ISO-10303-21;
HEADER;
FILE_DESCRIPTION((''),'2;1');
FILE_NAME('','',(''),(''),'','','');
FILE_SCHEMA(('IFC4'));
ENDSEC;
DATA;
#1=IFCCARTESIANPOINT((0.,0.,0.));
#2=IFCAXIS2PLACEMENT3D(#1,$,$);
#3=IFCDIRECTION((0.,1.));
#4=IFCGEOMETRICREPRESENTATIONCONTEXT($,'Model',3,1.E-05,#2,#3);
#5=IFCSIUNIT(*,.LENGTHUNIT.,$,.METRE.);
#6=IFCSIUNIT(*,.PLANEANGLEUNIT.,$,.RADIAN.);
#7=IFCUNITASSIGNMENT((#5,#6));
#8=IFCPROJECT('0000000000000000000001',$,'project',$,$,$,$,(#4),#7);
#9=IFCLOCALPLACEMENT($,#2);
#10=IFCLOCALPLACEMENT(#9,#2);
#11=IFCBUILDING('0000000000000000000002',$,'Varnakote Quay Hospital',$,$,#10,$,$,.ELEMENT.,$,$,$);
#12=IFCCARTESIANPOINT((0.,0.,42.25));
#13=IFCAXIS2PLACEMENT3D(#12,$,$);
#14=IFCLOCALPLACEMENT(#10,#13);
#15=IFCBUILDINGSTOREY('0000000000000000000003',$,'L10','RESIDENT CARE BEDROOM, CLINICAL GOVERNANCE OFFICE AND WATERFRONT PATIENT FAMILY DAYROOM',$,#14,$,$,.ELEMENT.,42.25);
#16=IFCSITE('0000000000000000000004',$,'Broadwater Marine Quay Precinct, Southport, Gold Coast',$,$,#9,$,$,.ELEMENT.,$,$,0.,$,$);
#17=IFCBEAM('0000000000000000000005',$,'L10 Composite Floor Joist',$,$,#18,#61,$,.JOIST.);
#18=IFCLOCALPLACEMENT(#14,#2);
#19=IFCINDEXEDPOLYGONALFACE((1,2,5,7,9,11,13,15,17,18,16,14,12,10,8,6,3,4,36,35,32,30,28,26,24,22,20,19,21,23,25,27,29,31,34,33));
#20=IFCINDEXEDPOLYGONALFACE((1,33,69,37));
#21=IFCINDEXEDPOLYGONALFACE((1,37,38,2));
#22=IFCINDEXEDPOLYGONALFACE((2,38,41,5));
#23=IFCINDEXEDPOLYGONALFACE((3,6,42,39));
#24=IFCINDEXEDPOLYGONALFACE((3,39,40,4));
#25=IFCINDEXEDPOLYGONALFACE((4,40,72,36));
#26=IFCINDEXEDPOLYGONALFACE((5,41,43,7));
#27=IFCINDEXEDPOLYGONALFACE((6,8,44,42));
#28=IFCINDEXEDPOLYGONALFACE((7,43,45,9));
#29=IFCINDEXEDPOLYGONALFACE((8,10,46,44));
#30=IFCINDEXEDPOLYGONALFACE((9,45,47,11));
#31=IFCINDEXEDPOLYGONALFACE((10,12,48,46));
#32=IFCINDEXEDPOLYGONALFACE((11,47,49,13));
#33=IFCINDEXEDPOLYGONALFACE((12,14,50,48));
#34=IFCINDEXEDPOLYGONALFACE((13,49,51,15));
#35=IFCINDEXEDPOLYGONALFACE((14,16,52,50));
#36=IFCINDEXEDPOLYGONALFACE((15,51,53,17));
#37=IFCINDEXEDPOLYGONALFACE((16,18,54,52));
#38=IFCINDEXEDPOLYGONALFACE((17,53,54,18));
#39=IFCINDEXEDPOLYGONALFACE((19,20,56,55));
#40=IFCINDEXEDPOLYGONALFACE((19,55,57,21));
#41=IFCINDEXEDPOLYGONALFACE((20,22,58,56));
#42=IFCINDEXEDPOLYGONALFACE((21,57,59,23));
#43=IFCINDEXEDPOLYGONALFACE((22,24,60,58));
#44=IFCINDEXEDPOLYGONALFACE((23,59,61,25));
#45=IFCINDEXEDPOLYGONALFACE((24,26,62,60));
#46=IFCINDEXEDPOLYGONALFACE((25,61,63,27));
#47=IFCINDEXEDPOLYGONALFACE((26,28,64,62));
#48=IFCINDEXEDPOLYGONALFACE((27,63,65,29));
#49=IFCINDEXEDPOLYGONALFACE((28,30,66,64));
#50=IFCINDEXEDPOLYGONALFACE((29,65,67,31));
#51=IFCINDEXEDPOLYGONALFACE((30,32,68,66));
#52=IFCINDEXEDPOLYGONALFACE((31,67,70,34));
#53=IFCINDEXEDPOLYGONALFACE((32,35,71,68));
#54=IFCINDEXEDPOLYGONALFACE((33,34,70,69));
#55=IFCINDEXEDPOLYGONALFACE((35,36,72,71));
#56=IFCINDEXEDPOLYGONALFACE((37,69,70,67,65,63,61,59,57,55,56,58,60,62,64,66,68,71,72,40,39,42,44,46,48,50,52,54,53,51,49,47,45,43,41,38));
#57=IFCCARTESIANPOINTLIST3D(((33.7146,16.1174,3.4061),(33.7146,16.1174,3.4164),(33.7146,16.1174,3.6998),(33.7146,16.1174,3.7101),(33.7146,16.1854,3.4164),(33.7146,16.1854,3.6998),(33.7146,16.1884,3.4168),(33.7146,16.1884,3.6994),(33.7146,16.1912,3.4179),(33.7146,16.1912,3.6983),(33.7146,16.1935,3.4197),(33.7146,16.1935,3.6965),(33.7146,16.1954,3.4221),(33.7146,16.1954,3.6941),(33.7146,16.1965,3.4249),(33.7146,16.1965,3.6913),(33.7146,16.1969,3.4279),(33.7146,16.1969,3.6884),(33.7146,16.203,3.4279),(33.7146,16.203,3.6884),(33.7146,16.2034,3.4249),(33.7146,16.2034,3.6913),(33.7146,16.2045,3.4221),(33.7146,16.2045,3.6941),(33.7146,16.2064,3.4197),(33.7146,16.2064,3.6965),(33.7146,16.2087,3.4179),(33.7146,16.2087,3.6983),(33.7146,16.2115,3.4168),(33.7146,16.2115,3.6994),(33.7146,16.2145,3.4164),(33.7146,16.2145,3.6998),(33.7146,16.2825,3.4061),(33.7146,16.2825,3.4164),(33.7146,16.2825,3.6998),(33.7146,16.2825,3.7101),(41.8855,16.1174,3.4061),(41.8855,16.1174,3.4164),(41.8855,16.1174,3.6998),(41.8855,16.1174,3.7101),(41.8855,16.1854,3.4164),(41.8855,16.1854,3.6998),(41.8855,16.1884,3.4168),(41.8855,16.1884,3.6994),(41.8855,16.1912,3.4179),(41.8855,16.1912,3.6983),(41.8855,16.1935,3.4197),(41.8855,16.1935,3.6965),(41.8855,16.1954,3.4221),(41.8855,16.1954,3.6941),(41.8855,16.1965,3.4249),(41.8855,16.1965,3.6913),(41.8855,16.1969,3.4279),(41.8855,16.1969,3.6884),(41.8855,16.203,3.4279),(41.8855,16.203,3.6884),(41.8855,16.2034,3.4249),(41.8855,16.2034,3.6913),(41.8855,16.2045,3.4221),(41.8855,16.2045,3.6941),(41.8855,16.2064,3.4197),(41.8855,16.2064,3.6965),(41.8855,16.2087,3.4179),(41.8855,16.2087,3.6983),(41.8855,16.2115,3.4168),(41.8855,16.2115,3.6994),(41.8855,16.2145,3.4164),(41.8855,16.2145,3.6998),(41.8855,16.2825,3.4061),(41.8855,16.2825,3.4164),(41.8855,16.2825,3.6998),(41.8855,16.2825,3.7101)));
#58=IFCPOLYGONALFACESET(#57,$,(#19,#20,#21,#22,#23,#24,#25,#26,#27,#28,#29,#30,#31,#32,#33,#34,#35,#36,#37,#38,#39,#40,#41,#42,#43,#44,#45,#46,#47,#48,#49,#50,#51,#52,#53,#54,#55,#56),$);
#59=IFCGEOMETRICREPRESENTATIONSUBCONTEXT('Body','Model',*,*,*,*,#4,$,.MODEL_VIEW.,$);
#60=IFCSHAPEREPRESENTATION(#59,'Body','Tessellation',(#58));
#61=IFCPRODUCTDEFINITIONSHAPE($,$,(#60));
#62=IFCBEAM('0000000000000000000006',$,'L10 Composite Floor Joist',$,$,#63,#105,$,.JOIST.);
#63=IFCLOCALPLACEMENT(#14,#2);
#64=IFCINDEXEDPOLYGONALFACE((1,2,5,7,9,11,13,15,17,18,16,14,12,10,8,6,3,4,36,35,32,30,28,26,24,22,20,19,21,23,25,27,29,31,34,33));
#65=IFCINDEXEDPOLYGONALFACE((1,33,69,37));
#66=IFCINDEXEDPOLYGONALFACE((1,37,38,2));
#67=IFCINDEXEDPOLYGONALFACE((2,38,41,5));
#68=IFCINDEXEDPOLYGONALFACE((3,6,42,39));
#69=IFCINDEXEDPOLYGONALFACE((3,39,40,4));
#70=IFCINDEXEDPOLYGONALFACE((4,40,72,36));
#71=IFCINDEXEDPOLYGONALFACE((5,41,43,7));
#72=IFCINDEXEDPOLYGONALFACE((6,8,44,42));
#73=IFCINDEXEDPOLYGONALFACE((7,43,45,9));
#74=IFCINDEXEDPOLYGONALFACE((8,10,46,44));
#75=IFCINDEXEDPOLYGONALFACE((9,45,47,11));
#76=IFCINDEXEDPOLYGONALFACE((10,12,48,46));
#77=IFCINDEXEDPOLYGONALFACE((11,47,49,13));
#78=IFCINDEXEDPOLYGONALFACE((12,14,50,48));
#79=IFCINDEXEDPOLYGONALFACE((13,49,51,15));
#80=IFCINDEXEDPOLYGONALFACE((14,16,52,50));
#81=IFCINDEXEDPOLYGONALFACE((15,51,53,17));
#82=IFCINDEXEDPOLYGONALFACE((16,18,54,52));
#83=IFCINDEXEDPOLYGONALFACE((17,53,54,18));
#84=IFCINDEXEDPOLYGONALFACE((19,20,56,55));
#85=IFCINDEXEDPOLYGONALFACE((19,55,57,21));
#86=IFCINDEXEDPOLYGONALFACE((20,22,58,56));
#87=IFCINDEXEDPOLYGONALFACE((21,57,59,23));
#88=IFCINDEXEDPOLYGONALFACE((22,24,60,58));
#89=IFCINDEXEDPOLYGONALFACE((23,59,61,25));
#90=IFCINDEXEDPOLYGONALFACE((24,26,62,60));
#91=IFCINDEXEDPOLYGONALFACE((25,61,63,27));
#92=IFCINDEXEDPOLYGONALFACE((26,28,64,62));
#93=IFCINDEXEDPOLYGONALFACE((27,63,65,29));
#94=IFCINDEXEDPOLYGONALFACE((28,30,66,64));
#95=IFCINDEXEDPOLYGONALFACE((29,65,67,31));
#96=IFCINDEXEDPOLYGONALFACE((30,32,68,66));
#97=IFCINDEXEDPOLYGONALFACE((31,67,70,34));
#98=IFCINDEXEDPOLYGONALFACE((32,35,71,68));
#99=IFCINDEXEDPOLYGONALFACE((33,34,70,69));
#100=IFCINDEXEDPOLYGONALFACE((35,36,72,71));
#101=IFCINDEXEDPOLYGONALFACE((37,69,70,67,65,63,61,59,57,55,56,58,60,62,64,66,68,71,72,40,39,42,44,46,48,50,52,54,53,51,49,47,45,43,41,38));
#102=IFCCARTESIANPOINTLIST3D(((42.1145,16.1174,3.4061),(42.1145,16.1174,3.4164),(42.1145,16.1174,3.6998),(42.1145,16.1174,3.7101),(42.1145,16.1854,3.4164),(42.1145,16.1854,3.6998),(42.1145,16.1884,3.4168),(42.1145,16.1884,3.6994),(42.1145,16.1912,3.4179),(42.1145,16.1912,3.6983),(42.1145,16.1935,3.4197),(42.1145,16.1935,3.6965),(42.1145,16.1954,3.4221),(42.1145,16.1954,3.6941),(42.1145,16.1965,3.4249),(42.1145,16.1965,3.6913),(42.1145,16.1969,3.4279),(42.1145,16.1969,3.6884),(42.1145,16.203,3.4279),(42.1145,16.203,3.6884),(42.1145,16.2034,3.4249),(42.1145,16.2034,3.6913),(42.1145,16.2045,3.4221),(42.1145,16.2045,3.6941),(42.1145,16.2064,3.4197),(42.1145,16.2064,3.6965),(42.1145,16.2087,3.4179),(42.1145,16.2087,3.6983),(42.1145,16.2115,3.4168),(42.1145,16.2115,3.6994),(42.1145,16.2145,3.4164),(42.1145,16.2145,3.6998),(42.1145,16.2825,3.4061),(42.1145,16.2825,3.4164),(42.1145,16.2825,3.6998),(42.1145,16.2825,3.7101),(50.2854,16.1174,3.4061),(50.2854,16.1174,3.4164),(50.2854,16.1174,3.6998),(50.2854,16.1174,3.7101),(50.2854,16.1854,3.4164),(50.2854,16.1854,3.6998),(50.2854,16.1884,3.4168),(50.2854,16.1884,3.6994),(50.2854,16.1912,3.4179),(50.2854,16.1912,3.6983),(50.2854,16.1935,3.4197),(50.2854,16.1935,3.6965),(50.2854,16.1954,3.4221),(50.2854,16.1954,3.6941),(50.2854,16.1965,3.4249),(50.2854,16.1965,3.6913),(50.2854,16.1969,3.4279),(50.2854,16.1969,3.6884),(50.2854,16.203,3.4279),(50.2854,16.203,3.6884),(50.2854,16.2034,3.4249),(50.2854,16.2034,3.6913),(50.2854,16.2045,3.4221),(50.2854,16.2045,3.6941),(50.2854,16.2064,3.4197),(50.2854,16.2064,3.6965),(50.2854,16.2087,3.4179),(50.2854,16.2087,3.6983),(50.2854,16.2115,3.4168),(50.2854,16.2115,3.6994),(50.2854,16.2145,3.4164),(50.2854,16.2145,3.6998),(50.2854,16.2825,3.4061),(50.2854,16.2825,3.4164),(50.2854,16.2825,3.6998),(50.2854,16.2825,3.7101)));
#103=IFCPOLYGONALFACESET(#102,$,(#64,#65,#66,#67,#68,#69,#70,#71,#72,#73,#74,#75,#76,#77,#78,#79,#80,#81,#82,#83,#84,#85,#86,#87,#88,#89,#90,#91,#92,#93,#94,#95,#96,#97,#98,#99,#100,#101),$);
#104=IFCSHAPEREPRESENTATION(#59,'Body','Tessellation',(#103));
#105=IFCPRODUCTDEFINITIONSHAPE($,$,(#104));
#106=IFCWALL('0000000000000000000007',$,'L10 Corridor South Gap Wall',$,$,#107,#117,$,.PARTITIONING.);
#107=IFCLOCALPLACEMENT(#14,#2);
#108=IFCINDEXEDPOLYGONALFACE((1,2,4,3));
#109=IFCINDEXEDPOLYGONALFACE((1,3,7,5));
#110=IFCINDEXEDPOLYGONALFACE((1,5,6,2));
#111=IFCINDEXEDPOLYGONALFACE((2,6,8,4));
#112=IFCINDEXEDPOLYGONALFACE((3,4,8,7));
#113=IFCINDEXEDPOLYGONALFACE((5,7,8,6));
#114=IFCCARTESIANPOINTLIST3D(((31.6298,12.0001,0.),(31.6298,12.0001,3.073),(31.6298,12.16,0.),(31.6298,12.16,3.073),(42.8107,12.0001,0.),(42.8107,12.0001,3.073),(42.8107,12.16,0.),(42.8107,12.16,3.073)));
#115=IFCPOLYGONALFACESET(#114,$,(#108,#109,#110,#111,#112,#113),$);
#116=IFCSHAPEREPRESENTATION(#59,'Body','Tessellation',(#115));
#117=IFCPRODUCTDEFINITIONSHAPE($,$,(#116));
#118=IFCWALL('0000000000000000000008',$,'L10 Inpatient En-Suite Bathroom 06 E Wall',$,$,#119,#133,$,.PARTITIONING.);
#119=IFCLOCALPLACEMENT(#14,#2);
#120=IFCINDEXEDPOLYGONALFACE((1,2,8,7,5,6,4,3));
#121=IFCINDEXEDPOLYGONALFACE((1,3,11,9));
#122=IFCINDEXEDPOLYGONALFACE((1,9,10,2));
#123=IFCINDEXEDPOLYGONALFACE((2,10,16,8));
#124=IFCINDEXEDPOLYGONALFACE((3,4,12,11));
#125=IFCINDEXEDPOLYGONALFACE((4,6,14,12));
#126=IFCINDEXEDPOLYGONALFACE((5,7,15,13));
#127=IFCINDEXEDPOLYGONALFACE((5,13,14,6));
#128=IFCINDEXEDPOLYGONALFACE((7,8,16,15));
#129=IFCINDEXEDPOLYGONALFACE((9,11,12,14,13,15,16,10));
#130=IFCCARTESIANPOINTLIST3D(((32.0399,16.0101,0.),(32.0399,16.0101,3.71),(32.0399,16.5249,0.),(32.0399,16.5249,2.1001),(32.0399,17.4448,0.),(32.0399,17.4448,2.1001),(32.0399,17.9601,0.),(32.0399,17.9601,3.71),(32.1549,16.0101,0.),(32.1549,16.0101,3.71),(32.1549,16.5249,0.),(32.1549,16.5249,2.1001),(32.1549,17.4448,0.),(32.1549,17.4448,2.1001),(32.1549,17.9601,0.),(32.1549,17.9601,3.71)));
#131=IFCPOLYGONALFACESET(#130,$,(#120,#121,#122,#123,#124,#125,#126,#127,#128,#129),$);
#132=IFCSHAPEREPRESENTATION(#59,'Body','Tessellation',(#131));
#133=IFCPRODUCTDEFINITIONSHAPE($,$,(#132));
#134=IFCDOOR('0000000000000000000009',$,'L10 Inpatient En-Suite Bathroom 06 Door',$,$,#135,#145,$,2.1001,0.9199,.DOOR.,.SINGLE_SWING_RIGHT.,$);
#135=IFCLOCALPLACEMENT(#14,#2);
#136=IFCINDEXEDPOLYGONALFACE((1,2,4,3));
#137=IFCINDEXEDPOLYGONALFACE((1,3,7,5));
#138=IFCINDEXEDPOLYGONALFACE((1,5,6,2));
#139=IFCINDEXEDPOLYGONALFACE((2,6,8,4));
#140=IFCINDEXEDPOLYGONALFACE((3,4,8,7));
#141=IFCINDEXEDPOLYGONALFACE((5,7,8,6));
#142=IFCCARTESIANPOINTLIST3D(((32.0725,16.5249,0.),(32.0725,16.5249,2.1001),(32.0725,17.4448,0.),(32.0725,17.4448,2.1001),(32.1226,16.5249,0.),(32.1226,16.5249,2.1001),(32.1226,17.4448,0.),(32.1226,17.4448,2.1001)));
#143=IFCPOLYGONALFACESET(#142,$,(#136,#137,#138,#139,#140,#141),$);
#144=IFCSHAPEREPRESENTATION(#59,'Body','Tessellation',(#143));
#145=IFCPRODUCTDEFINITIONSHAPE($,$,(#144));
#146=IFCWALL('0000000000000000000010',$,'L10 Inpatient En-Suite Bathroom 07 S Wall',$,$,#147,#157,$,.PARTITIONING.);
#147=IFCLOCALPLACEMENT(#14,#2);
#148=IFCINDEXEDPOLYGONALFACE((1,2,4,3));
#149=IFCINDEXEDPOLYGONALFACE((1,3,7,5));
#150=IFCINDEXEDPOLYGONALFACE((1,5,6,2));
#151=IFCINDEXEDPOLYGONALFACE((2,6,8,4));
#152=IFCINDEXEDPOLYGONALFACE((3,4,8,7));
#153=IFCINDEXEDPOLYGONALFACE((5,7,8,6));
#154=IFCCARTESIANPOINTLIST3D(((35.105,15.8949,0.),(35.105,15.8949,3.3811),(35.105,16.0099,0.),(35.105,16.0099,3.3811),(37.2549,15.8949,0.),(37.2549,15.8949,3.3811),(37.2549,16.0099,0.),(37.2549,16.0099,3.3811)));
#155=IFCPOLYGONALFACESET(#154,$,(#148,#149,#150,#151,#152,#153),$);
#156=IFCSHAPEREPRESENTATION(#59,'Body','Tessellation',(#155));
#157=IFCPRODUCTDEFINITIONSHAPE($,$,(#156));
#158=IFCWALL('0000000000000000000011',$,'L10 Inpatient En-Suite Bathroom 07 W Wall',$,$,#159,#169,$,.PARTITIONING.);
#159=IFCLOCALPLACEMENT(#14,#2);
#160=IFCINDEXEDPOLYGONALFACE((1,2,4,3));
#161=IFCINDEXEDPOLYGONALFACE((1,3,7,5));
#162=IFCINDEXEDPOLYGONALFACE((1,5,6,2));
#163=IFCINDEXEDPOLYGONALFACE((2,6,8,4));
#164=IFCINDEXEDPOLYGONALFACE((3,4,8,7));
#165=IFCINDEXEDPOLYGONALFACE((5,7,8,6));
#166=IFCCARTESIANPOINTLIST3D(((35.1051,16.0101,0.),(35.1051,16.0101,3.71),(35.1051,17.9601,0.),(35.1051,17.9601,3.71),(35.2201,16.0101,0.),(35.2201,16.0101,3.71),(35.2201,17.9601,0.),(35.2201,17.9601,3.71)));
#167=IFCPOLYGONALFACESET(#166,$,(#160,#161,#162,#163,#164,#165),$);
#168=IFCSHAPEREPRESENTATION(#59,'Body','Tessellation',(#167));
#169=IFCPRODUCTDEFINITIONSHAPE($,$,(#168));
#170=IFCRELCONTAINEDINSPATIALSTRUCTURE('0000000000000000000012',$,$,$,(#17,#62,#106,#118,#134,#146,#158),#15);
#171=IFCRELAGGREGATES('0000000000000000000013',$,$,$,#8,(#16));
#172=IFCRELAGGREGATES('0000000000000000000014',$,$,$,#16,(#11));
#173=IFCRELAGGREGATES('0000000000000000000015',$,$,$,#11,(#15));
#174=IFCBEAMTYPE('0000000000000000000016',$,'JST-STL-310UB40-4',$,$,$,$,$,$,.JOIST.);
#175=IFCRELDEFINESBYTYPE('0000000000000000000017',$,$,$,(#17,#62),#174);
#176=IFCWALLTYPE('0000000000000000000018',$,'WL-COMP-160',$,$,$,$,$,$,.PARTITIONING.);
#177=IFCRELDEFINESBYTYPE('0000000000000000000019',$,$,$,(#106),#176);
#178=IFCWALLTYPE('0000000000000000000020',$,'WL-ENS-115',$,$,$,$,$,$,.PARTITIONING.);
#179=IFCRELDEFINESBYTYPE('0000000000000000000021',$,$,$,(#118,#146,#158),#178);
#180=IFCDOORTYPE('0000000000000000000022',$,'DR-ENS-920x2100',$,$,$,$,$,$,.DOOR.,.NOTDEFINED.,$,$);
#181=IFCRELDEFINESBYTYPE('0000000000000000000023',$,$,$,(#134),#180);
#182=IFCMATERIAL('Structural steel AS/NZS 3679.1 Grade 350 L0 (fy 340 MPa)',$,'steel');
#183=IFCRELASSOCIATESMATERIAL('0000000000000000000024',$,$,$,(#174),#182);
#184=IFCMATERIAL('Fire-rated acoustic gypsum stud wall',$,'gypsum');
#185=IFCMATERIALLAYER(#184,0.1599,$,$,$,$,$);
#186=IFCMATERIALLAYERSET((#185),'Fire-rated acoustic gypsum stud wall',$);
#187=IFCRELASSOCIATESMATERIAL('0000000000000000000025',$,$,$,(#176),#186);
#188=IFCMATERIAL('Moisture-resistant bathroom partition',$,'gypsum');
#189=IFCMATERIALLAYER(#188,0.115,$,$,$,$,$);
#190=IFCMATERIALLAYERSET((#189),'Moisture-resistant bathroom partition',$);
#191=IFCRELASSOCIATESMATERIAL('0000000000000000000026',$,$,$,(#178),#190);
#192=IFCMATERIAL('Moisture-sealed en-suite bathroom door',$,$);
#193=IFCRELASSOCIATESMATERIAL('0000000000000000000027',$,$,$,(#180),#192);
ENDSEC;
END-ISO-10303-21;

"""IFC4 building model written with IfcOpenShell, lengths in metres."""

from ifc_helpers import new_model, si_unit, direction, frame, frame_2d, origin, origin_2d, place, context, subcontext, project, spatial, rectangle, i_section, extrude, material, layer, layer_set, material_profile, profile_set, type_object, element, fill, save


model = new_model("IFC4")

# Units and contexts
model_context = context("Model", 3, precision=1e-05, world=origin(), true_north=direction((0.0, 1.0)))
body_context = subcontext(model_context, "Body", "Model", "MODEL_VIEW")
ifc_project = project(units=[si_unit("LENGTHUNIT", "METRE"), si_unit("PLANEANGLEUNIT", "RADIAN")], contexts=[model_context])

# Site, building, storey
site_placement = place(None, origin())
site = spatial("IfcSite", under=ifc_project, at=site_placement, Name="Broadwater Marine Quay Precinct, Southport, Gold Coast", CompositionType="ELEMENT", RefElevation=0.0)
building_placement = place(site_placement, origin())
building = spatial("IfcBuilding", under=site, at=building_placement, Name="Varnakote Quay Hospital", CompositionType="ELEMENT")
storey_placement = place(building_placement, frame((0.0, 0.0, 42.25)))
storey = spatial("IfcBuildingStorey", under=building, at=storey_placement, Name="L10", Description="RESIDENT CARE BEDROOM, CLINICAL GOVERNANCE OFFICE AND WATERFRONT PATIENT FAMILY DAYROOM", CompositionType="ELEMENT", Elevation=42.25)

# Beams
ifc_material_1 = material(Name="Structural steel AS/NZS 3679.1 Grade 350 L0 (fy 340 MPa)", Category="steel")
ifc_material_profile_1 = material_profile(ifc_material_1, i_section(OverallWidth=0.165, OverallDepth=0.304, WebThickness=0.0061, FlangeThickness=0.0103, FilletRadius=0.0115, at=origin_2d()), Name="310UB40.4")
ifc_profile_set_1 = profile_set([ifc_material_profile_1], Name="Structural steel AS/NZS 3679.1 Grade 350 L0 (fy 340 MPa)")
beam_type_1 = type_object("IfcBeamType", Name="JST-STL-310UB40-4", PredefinedType="JOIST", material=ifc_profile_set_1)
for number, where, z_axis, x_axis, name in (
    (1, (33.7146, 16.2, 3.5581), (1.0, 0.0, 0.0), (0.0, 1.0, 0.0), "L10 Composite Floor Joist"),
    (2, (42.1145, 16.2, 3.5581), (1.0, 0.0, 0.0), (0.0, 1.0, 0.0), "L10 Composite Floor Joist"),
):
    element("IfcBeam", number, at=place(storey_placement, frame(where, z_axis=z_axis, x_axis=x_axis)), inside=storey, type_object=beam_type_1, Name=name, PredefinedType="JOIST", context=body_context, shape_type="SweptSolid", body=[
        extrude(i_section(OverallWidth=0.165, OverallDepth=0.304, WebThickness=0.0061, FlangeThickness=0.0103, FilletRadius=0.0115, at=origin_2d()), origin(), (0.0, 0.0, 1.0), 8.1709),
    ])

# Wall
ifc_material_2 = material(Name="Fire-rated acoustic gypsum stud wall", Category="gypsum")
ifc_layer_1 = layer(ifc_material_2, 0.1599)
ifc_layer_set_1 = layer_set([ifc_layer_1], Name="Fire-rated acoustic gypsum stud wall")
wall_type_1 = type_object("IfcWallType", Name="WL-COMP-160", PredefinedType="PARTITIONING", material=ifc_layer_set_1)
wall_1_placement = place(storey_placement, frame((31.6299, 12.0801, 0.0), z_axis=(0.0, 0.0, 1.0), x_axis=(1.0, 0.0, 0.0)))
element("IfcWall", 3, at=wall_1_placement, inside=storey, type_object=wall_type_1, Name="L10 Corridor South Gap Wall", PredefinedType="PARTITIONING", context=body_context, shape_type="SweptSolid", body=[
    extrude(rectangle(XDim=11.1809, YDim=0.1599, at=frame_2d((5.5903, 0.0))), origin(), (0.0, 0.0, 1.0), 3.073),
])

# Wall, opening, door
ifc_material_3 = material(Name="Moisture-resistant bathroom partition", Category="gypsum")
ifc_layer_2 = layer(ifc_material_3, 0.115)
ifc_layer_set_2 = layer_set([ifc_layer_2], Name="Moisture-resistant bathroom partition")
wall_type_2 = type_object("IfcWallType", Name="WL-ENS-115", PredefinedType="PARTITIONING", material=ifc_layer_set_2)
wall_2_placement = place(storey_placement, frame((32.0974, 16.01, 0.0), z_axis=(0.0, 0.0, 1.0), x_axis=(0.0, 1.0, 0.0)))
wall_2 = element("IfcWall", 4, at=wall_2_placement, inside=storey, type_object=wall_type_2, Name="L10 Inpatient En-Suite Bathroom 06 E Wall", PredefinedType="PARTITIONING", context=body_context, shape_type="SweptSolid", body=[
    extrude(rectangle(XDim=1.95, YDim=0.115, at=frame_2d((0.9751, 0.0))), origin(), (0.0, 0.0, 1.0), 3.71),
])
opening_1_placement = place(wall_2_placement, frame((0.5149, 0.0, 0.0)))
opening_1 = element("IfcOpeningElement", 5, at=opening_1_placement, cuts=wall_2, PredefinedType="OPENING", context=body_context, shape_type="SweptSolid", body=[
    extrude(rectangle(XDim=0.9199, YDim=2.1001, at=frame_2d((0.46, 1.05))), frame((0.0, 0.0674, 0.0), z_axis=(0.0, -1.0, 0.0), x_axis=(1.0, 0.0, 0.0)), (0.0, 0.0, 1.0), 0.135),
])
ifc_material_4 = material(Name="Moisture-sealed en-suite bathroom door")
door_type_1 = type_object("IfcDoorType", Name="DR-ENS-920x2100", OperationType="NOTDEFINED", PredefinedType="DOOR", material=ifc_material_4)
door_1_placement = place(opening_1_placement, origin())
door_1 = element("IfcDoor", 6, at=door_1_placement, inside=storey, type_object=door_type_1, Name="L10 Inpatient En-Suite Bathroom 06 Door", OperationType="SINGLE_SWING_RIGHT", OverallHeight=2.1001, OverallWidth=0.9199, PredefinedType="DOOR", context=body_context, shape_type="SweptSolid", body=[
    extrude(rectangle(XDim=0.9199, YDim=2.1001, at=frame_2d((0.46, 1.05))), frame((0.0, 0.0249, 0.0), z_axis=(0.0, -1.0, 0.0), x_axis=(1.0, 0.0, 0.0)), (0.0, 0.0, 1.0), 0.05),
])
fill(opening_1, door_1)

# Walls
wall_3_placement = place(storey_placement, frame((35.105, 15.9524, 0.0), z_axis=(0.0, 0.0, 1.0), x_axis=(1.0, 0.0, 0.0)))
element("IfcWall", 7, at=wall_3_placement, inside=storey, type_object=wall_type_2, Name="L10 Inpatient En-Suite Bathroom 07 S Wall", PredefinedType="PARTITIONING", context=body_context, shape_type="SweptSolid", body=[
    extrude(rectangle(XDim=2.1499, YDim=0.115, at=frame_2d((1.075, 0.0))), origin(), (0.0, 0.0, 1.0), 3.3811),
])
wall_4_placement = place(storey_placement, frame((35.1626, 16.01, 0.0), z_axis=(0.0, 0.0, 1.0), x_axis=(0.0, 1.0, 0.0)))
element("IfcWall", 8, at=wall_4_placement, inside=storey, type_object=wall_type_2, Name="L10 Inpatient En-Suite Bathroom 07 W Wall", PredefinedType="PARTITIONING", context=body_context, shape_type="SweptSolid", body=[
    extrude(rectangle(XDim=1.95, YDim=0.115, at=frame_2d((0.9751, 0.0))), origin(), (0.0, 0.0, 1.0), 3.71),
])

save(model, "model.ifc")
